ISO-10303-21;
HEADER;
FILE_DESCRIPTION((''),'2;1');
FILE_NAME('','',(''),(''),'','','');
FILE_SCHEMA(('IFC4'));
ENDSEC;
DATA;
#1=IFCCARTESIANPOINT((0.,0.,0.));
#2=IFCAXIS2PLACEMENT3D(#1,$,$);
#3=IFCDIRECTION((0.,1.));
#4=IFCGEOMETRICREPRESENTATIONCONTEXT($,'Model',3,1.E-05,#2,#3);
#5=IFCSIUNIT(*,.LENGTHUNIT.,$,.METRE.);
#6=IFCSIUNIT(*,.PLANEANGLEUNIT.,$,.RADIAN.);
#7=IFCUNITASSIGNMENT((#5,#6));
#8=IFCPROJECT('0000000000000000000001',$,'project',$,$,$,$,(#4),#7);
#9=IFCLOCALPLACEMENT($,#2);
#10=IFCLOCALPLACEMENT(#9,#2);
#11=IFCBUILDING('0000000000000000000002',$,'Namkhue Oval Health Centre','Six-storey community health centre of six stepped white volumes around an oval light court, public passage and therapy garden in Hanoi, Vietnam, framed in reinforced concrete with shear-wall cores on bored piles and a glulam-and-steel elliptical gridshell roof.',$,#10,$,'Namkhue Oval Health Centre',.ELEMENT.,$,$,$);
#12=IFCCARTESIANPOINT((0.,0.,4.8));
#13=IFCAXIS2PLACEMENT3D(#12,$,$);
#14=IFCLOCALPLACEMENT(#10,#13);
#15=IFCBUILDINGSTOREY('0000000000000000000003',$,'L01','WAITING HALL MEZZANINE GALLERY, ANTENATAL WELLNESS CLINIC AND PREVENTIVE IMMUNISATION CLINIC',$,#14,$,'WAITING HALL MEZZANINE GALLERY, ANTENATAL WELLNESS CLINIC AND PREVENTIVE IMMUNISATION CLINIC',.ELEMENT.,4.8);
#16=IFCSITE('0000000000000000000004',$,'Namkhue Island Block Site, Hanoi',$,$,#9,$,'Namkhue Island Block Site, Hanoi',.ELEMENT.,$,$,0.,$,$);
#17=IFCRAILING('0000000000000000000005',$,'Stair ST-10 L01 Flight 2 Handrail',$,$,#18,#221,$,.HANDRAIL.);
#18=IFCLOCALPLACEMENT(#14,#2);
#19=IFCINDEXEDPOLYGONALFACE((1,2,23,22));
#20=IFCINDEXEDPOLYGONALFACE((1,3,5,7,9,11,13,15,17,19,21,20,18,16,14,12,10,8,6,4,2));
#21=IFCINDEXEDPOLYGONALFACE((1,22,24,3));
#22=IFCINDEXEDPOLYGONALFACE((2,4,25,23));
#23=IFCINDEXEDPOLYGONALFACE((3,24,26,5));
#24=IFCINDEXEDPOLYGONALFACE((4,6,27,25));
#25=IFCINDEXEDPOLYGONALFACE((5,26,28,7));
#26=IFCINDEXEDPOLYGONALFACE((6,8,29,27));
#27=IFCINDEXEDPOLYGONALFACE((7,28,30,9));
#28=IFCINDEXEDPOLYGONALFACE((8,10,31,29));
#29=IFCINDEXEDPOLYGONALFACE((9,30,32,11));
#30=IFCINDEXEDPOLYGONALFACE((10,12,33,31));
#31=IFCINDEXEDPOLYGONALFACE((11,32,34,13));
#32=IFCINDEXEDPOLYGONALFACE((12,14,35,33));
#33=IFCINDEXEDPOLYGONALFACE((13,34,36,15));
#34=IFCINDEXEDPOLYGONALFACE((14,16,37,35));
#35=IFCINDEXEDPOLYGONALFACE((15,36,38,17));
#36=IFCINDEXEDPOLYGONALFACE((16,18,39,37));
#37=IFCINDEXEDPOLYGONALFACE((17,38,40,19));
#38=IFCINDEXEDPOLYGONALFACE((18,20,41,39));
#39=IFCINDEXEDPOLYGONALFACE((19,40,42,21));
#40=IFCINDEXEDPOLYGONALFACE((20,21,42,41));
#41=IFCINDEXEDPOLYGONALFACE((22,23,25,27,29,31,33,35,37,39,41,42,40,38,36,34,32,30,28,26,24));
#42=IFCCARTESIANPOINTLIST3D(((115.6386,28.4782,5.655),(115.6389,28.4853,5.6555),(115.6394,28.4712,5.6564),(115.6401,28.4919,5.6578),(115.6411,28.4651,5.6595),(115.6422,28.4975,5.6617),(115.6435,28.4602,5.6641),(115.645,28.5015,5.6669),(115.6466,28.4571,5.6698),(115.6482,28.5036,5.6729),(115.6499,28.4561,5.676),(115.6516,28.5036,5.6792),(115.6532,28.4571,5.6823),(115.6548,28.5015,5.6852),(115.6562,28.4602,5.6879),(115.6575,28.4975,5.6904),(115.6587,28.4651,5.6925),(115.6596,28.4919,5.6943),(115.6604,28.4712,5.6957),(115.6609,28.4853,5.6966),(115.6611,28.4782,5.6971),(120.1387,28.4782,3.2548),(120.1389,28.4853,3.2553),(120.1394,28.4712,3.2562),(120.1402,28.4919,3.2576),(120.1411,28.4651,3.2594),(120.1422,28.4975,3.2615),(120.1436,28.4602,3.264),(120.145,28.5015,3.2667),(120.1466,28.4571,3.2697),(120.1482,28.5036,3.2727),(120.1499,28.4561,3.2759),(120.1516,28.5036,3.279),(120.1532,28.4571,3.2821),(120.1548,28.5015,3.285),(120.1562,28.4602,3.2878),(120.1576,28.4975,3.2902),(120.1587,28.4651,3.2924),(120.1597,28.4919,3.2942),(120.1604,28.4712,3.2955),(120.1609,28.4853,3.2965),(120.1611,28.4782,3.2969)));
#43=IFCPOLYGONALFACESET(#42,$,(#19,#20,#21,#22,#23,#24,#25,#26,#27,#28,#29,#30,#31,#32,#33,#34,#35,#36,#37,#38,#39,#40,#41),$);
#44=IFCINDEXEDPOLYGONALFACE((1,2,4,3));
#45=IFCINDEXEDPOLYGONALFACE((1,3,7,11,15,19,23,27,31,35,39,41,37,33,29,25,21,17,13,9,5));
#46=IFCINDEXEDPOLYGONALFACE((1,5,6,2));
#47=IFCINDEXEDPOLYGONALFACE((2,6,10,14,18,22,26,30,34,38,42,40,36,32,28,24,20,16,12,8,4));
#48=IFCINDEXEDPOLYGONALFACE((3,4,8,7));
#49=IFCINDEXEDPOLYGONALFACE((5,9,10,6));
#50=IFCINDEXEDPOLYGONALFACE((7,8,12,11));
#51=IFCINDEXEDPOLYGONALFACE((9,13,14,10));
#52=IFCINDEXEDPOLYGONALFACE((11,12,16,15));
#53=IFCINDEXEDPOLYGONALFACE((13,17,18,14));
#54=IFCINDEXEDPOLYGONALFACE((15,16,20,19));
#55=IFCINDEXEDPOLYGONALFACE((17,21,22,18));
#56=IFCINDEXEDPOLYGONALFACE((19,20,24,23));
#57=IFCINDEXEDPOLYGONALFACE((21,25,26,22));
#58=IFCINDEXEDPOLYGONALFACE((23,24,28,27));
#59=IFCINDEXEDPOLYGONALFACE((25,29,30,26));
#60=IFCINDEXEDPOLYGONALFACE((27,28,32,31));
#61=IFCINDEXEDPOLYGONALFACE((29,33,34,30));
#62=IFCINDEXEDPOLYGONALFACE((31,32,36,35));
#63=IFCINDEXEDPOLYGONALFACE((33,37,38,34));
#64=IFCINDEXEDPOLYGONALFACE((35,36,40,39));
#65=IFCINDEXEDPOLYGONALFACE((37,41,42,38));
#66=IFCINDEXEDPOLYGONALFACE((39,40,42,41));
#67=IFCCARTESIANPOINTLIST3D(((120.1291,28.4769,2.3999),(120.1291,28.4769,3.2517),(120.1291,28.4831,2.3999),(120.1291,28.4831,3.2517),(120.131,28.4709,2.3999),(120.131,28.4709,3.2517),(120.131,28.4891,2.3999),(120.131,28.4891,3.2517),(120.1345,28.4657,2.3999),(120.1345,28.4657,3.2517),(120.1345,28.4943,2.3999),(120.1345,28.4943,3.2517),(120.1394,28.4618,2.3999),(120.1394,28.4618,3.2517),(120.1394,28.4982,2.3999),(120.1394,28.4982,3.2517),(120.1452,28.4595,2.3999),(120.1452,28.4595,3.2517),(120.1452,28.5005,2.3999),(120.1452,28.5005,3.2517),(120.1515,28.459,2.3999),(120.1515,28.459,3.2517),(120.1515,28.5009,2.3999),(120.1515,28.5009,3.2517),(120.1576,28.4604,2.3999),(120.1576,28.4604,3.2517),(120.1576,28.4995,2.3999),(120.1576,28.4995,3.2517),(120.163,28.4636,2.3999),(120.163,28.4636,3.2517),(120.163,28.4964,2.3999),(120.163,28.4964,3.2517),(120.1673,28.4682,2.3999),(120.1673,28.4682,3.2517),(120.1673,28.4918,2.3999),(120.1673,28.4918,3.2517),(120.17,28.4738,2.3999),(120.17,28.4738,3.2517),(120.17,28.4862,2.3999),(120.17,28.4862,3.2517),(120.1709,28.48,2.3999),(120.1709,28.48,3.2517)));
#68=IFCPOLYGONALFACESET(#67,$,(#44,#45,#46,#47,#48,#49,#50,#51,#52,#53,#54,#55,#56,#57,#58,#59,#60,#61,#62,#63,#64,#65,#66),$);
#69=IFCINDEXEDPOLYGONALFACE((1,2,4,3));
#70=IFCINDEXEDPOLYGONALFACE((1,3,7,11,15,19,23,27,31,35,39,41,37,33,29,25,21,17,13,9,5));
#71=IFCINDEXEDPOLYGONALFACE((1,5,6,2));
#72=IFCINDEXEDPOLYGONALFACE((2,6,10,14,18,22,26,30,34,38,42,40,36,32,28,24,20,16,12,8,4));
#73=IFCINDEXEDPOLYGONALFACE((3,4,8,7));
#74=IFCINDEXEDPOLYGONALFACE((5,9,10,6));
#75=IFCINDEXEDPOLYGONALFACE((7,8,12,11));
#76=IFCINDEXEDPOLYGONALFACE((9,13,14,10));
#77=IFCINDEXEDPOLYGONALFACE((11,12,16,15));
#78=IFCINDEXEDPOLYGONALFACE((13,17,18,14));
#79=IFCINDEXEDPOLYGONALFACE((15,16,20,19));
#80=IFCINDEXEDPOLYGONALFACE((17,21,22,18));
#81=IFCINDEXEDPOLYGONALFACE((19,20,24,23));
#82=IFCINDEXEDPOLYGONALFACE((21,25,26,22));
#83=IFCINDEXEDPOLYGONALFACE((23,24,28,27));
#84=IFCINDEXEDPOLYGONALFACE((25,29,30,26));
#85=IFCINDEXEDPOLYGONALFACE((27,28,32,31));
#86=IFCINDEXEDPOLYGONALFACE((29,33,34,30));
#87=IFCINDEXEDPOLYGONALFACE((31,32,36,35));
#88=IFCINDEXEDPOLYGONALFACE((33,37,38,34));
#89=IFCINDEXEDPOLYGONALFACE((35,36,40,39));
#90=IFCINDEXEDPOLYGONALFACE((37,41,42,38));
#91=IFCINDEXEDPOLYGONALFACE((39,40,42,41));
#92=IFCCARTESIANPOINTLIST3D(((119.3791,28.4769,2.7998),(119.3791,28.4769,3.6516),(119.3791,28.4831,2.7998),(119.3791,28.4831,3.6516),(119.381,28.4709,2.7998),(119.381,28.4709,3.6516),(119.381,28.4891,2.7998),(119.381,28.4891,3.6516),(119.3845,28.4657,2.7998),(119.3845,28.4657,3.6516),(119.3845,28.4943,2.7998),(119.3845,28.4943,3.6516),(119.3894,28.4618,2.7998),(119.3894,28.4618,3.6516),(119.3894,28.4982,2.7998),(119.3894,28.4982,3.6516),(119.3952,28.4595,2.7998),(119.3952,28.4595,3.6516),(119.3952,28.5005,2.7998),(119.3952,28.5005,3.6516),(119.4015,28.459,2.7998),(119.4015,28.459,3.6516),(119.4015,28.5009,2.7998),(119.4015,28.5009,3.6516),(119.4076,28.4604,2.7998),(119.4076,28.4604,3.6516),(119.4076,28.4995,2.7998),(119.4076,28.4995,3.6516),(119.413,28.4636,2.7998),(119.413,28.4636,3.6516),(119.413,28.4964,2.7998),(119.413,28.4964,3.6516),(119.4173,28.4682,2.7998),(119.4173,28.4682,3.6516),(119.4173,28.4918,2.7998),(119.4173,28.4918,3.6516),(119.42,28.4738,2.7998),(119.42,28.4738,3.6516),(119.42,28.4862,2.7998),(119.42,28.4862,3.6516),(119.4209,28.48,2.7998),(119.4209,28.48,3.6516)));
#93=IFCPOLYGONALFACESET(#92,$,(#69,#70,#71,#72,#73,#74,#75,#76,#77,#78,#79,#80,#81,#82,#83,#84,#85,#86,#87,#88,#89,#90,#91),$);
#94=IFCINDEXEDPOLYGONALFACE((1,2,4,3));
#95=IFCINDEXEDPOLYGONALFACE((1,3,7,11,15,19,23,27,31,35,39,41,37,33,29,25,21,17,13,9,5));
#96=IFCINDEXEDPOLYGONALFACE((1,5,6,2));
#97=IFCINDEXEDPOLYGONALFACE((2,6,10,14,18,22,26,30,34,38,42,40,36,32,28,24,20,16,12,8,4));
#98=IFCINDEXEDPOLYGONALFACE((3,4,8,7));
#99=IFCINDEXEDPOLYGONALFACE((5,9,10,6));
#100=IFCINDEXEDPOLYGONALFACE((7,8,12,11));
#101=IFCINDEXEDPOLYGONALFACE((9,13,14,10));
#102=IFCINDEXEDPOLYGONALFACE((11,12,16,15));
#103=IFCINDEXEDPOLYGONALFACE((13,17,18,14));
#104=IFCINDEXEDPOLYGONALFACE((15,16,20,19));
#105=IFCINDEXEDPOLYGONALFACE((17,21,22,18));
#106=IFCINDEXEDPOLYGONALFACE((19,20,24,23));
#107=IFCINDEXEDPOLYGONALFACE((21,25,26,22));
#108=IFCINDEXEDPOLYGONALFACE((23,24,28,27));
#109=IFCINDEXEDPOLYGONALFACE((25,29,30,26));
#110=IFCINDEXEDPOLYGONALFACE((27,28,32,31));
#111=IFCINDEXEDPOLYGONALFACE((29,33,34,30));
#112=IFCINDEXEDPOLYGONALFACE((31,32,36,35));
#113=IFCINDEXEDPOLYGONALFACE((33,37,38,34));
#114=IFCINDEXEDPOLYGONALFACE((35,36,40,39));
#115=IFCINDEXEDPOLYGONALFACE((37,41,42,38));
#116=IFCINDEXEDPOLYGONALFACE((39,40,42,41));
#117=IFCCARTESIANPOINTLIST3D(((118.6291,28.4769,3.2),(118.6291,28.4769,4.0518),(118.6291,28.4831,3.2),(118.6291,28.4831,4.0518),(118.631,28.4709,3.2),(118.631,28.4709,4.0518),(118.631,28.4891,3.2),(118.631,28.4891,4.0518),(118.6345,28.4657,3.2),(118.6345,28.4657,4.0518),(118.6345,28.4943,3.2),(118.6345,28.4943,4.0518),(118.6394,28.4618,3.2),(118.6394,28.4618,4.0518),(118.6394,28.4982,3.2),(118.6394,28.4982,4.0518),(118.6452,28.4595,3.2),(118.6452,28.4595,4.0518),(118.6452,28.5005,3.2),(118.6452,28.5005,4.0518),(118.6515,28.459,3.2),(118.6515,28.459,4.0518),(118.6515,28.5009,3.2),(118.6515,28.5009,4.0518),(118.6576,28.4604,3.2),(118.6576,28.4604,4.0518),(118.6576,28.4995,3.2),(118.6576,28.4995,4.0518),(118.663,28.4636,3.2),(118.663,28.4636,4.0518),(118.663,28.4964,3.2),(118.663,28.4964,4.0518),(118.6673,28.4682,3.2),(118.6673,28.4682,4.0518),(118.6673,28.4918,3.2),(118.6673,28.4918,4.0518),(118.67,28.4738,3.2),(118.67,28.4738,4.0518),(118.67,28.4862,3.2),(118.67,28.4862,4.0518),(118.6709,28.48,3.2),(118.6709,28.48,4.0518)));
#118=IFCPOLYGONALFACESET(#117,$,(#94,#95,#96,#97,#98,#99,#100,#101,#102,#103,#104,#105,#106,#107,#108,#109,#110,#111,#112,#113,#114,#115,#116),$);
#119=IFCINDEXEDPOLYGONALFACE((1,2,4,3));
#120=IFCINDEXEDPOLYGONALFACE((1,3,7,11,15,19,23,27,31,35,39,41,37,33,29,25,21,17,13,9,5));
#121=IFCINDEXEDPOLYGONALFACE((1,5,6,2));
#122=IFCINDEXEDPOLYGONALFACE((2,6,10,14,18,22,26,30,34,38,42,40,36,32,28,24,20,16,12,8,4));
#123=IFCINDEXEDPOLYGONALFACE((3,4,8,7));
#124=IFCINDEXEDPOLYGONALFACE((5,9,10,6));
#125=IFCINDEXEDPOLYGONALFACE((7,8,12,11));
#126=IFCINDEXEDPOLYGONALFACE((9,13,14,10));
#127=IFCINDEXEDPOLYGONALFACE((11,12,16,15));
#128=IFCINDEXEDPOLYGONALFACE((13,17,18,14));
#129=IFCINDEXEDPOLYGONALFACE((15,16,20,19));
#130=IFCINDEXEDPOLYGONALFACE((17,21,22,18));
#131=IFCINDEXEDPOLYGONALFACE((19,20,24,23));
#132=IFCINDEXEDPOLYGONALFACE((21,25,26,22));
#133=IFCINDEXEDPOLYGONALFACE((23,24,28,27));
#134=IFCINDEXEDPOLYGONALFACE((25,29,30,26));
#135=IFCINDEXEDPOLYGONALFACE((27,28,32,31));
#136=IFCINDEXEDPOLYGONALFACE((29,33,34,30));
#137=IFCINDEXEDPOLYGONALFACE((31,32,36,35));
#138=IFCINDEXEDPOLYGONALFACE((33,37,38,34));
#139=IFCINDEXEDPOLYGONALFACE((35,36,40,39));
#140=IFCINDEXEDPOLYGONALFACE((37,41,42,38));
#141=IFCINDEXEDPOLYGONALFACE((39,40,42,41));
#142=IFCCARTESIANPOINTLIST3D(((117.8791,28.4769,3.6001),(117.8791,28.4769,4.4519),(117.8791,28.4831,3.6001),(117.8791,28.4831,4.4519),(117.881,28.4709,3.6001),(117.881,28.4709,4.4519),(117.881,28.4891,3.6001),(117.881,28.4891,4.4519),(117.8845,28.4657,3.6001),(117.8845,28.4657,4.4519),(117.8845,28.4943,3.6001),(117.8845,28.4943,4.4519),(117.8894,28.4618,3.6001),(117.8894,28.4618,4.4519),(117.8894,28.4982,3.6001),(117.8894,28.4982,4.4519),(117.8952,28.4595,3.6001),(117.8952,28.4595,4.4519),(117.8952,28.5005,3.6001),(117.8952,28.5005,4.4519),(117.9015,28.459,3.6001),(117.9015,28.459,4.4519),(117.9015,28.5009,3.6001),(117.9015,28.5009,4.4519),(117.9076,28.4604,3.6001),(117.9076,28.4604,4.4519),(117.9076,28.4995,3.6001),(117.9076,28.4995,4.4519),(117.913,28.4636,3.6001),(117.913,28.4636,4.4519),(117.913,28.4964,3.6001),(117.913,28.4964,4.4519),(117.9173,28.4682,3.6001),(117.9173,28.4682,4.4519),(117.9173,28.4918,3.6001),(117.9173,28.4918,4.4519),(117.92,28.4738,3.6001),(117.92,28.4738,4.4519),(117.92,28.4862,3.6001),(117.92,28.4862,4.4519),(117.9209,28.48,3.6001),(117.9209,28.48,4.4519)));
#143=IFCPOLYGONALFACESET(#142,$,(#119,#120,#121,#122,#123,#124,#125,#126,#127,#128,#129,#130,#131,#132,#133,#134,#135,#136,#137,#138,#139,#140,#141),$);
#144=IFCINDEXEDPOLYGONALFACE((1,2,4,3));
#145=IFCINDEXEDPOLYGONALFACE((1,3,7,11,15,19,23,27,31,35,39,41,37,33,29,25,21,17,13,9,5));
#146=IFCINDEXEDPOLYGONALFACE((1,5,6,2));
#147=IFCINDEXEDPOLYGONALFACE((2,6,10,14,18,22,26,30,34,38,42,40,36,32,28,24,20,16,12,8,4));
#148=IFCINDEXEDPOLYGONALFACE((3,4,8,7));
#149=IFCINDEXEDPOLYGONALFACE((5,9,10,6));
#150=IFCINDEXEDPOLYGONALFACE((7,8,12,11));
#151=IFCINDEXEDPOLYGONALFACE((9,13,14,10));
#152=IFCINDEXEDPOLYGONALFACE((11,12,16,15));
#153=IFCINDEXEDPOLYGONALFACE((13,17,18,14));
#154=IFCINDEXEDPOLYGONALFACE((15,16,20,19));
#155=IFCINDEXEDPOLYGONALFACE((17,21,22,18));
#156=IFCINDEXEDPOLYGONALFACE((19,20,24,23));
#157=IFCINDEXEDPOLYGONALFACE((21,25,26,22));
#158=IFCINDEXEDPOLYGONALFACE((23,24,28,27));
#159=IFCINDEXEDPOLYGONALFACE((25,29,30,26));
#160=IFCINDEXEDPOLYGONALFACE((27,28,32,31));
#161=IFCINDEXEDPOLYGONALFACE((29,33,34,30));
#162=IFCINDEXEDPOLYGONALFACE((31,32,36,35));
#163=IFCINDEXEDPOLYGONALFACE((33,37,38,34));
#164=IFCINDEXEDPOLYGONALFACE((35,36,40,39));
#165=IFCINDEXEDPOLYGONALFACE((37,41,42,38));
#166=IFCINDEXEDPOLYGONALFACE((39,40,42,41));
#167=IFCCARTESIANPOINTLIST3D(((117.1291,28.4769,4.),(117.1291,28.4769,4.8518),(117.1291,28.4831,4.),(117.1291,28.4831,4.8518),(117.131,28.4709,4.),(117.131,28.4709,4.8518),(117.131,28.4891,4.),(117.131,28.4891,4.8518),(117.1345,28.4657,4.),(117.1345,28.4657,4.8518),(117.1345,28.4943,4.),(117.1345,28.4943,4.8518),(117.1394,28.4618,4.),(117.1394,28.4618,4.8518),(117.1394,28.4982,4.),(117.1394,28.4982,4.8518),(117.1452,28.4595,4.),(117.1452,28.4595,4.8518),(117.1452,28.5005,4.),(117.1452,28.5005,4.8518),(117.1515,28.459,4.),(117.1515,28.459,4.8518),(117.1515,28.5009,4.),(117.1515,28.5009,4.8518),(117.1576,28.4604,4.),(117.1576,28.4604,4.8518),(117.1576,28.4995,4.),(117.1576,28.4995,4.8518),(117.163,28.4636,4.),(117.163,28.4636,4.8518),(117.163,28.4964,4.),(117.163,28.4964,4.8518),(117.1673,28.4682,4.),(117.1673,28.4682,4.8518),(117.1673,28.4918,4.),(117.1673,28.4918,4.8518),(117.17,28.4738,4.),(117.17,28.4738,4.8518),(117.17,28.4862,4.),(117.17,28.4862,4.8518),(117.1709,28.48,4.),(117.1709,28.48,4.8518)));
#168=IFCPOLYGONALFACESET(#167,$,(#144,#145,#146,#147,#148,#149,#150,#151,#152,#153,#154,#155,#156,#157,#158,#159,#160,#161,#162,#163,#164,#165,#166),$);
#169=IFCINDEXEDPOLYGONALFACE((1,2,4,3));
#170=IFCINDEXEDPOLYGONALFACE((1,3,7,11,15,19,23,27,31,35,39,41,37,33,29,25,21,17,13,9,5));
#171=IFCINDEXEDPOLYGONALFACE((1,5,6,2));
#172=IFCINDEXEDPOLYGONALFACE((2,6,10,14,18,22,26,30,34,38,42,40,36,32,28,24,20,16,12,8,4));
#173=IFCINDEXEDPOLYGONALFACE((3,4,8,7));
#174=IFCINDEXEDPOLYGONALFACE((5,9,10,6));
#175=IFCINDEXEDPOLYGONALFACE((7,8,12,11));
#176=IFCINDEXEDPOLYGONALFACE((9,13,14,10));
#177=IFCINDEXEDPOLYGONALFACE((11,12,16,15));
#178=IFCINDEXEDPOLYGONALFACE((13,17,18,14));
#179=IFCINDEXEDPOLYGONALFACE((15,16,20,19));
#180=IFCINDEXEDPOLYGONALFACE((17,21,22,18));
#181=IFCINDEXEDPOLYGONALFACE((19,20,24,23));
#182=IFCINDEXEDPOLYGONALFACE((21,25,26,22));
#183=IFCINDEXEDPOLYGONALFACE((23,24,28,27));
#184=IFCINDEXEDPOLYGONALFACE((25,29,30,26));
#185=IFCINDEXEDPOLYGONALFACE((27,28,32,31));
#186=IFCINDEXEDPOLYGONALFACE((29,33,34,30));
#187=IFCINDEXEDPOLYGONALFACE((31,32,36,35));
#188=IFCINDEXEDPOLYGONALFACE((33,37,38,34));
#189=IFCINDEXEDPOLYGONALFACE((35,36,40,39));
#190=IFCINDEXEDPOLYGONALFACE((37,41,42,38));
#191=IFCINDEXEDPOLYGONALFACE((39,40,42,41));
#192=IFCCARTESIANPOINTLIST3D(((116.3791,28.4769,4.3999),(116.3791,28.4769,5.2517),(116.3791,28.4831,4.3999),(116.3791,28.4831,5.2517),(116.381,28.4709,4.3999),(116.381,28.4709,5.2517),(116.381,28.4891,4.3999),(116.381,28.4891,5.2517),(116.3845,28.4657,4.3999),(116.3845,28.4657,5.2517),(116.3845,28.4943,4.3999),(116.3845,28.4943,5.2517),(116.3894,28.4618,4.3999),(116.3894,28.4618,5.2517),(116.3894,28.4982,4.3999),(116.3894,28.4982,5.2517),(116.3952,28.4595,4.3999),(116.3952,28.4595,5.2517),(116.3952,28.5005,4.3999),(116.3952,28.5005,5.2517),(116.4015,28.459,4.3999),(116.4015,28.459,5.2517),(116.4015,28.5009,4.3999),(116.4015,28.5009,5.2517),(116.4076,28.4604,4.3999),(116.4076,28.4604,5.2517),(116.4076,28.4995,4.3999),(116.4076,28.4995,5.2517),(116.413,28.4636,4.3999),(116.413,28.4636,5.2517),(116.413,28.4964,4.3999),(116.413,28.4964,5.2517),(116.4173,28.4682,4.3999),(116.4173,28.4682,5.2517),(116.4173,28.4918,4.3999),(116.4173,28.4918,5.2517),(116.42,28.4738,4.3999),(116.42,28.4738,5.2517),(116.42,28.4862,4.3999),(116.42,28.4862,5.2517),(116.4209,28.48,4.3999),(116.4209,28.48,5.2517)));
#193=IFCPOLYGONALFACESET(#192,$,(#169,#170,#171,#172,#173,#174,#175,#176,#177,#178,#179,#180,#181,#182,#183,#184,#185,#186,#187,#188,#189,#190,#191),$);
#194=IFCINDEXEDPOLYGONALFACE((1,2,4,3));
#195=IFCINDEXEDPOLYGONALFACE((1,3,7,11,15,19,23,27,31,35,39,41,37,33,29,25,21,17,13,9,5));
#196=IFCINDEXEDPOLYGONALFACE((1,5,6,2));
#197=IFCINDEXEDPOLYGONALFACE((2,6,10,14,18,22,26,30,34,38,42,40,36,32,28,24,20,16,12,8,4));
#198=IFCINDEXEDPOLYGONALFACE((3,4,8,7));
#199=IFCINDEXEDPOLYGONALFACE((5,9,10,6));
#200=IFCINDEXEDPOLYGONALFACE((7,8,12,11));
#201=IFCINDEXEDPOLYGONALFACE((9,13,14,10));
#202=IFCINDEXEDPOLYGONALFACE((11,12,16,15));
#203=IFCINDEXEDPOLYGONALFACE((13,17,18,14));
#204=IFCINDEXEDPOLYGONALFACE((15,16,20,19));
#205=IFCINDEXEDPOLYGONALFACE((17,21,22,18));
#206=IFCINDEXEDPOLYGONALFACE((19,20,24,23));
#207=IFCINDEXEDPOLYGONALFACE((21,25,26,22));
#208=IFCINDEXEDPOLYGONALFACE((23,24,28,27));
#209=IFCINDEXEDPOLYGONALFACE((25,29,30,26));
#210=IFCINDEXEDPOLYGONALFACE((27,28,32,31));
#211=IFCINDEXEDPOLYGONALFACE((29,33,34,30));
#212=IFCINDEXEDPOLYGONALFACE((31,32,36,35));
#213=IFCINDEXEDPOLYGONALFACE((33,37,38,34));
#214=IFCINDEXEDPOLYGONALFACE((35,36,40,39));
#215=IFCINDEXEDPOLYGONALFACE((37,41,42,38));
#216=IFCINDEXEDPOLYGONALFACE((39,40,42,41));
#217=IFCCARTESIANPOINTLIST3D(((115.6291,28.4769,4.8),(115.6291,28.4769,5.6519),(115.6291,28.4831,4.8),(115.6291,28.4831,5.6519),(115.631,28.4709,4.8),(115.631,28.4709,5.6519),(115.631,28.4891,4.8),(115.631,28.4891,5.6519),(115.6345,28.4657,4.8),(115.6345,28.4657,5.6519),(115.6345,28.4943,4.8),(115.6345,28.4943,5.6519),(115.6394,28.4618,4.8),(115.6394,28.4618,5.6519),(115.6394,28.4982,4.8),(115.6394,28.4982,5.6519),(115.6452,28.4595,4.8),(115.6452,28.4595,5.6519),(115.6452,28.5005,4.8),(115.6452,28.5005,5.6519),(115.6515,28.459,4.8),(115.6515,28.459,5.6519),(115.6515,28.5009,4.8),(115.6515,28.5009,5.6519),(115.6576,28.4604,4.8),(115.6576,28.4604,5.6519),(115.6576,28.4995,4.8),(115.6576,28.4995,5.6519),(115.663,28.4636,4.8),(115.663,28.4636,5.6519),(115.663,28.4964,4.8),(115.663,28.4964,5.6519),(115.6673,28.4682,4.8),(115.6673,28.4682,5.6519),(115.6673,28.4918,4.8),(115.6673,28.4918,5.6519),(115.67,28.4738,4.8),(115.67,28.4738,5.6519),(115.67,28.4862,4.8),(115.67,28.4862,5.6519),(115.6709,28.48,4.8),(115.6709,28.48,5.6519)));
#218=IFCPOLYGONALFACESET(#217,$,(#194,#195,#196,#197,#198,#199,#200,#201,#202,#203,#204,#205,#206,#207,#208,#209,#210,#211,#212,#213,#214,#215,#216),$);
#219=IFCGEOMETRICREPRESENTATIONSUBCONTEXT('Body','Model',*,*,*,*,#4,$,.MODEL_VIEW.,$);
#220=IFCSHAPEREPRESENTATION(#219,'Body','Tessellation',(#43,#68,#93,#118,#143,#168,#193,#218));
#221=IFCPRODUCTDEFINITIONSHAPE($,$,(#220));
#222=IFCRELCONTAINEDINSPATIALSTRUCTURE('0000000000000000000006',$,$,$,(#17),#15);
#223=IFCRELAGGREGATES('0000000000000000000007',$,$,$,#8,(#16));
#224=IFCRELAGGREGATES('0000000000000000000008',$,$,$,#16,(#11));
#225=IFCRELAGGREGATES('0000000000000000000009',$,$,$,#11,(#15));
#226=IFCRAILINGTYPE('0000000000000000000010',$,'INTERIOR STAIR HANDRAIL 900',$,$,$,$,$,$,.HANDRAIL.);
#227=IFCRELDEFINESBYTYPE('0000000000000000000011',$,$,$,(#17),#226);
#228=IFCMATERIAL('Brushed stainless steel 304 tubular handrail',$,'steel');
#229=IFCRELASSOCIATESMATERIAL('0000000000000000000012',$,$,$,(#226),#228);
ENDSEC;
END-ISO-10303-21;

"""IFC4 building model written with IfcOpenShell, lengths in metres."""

from ifc_helpers import new_model, si_unit, direction, frame, origin, origin_2d, place, context, subcontext, project, spatial, circle, extrude, material, type_object, element, save


model = new_model("IFC4")

# Units and contexts
model_context = context("Model", 3, precision=1e-05, world=origin(), true_north=direction((0.0, 1.0)))
body_context = subcontext(model_context, "Body", "Model", "MODEL_VIEW")
ifc_project = project(units=[si_unit("LENGTHUNIT", "METRE"), si_unit("PLANEANGLEUNIT", "RADIAN")], contexts=[model_context])

# Site, building, storey
site_placement = place(None, origin())
site = spatial("IfcSite", under=ifc_project, at=site_placement, Name="Namkhue Island Block Site, Hanoi", LongName="Namkhue Island Block Site, Hanoi", CompositionType="ELEMENT", RefElevation=0.0)
building_placement = place(site_placement, origin())
building = spatial("IfcBuilding", under=site, at=building_placement, Name="Namkhue Oval Health Centre", Description="Six-storey community health centre of six stepped white volumes around an oval light court, public passage and therapy garden in Hanoi, Vietnam, framed in reinforced concrete with shear-wall cores on bored piles and a glulam-and-steel elliptical gridshell roof.", LongName="Namkhue Oval Health Centre", CompositionType="ELEMENT")
storey_placement = place(building_placement, frame((0.0, 0.0, 4.8)))
storey = spatial("IfcBuildingStorey", under=building, at=storey_placement, Name="L01", Description="WAITING HALL MEZZANINE GALLERY, ANTENATAL WELLNESS CLINIC AND PREVENTIVE IMMUNISATION CLINIC", LongName="WAITING HALL MEZZANINE GALLERY, ANTENATAL WELLNESS CLINIC AND PREVENTIVE IMMUNISATION CLINIC", CompositionType="ELEMENT", Elevation=4.8)

# Railing
ifc_material_1 = material(Name="Brushed stainless steel 304 tubular handrail", Category="steel")
railing_type_1 = type_object("IfcRailingType", Name="INTERIOR STAIR HANDRAIL 900", PredefinedType="HANDRAIL", material=ifc_material_1)
railing_1_placement = place(storey_placement, frame((120.1499, 28.48, 2.3999)))
element("IfcRailing", 1, at=railing_1_placement, inside=storey, type_object=railing_type_1, Name="Stair ST-10 L01 Flight 2 Handrail", PredefinedType="HANDRAIL", context=body_context, shape_type="SweptSolid", body=[
    extrude(circle(Radius=0.0239, at=origin_2d()), frame((0.0, 0.0, 0.876), z_axis=(-0.882341, 0.0, 0.470611), x_axis=(0.0, -1.0, 0.0)), (0.0, 0.0, 1.0), 5.1001),
    extrude(circle(Radius=0.021, at=origin_2d()), origin(), (0.0, 0.0, 1.0), 0.8518),
    extrude(circle(Radius=0.021, at=origin_2d()), frame((-0.75, 0.0, 0.3999)), (0.0, 0.0, 1.0), 0.8518),
    extrude(circle(Radius=0.021, at=origin_2d()), frame((-1.5, 0.0, 0.8)), (0.0, 0.0, 1.0), 0.8518),
    extrude(circle(Radius=0.021, at=origin_2d()), frame((-2.25, 0.0, 1.2002)), (0.0, 0.0, 1.0), 0.8518),
    extrude(circle(Radius=0.021, at=origin_2d()), frame((-3.0, 0.0, 1.6001)), (0.0, 0.0, 1.0), 0.8518),
    extrude(circle(Radius=0.021, at=origin_2d()), frame((-3.75, 0.0, 2.0)), (0.0, 0.0, 1.0), 0.8518),
    extrude(circle(Radius=0.021, at=origin_2d()), frame((-4.5, 0.0, 2.4001)), (0.0, 0.0, 1.0), 0.8518),
])

save(model, "model.ifc")
